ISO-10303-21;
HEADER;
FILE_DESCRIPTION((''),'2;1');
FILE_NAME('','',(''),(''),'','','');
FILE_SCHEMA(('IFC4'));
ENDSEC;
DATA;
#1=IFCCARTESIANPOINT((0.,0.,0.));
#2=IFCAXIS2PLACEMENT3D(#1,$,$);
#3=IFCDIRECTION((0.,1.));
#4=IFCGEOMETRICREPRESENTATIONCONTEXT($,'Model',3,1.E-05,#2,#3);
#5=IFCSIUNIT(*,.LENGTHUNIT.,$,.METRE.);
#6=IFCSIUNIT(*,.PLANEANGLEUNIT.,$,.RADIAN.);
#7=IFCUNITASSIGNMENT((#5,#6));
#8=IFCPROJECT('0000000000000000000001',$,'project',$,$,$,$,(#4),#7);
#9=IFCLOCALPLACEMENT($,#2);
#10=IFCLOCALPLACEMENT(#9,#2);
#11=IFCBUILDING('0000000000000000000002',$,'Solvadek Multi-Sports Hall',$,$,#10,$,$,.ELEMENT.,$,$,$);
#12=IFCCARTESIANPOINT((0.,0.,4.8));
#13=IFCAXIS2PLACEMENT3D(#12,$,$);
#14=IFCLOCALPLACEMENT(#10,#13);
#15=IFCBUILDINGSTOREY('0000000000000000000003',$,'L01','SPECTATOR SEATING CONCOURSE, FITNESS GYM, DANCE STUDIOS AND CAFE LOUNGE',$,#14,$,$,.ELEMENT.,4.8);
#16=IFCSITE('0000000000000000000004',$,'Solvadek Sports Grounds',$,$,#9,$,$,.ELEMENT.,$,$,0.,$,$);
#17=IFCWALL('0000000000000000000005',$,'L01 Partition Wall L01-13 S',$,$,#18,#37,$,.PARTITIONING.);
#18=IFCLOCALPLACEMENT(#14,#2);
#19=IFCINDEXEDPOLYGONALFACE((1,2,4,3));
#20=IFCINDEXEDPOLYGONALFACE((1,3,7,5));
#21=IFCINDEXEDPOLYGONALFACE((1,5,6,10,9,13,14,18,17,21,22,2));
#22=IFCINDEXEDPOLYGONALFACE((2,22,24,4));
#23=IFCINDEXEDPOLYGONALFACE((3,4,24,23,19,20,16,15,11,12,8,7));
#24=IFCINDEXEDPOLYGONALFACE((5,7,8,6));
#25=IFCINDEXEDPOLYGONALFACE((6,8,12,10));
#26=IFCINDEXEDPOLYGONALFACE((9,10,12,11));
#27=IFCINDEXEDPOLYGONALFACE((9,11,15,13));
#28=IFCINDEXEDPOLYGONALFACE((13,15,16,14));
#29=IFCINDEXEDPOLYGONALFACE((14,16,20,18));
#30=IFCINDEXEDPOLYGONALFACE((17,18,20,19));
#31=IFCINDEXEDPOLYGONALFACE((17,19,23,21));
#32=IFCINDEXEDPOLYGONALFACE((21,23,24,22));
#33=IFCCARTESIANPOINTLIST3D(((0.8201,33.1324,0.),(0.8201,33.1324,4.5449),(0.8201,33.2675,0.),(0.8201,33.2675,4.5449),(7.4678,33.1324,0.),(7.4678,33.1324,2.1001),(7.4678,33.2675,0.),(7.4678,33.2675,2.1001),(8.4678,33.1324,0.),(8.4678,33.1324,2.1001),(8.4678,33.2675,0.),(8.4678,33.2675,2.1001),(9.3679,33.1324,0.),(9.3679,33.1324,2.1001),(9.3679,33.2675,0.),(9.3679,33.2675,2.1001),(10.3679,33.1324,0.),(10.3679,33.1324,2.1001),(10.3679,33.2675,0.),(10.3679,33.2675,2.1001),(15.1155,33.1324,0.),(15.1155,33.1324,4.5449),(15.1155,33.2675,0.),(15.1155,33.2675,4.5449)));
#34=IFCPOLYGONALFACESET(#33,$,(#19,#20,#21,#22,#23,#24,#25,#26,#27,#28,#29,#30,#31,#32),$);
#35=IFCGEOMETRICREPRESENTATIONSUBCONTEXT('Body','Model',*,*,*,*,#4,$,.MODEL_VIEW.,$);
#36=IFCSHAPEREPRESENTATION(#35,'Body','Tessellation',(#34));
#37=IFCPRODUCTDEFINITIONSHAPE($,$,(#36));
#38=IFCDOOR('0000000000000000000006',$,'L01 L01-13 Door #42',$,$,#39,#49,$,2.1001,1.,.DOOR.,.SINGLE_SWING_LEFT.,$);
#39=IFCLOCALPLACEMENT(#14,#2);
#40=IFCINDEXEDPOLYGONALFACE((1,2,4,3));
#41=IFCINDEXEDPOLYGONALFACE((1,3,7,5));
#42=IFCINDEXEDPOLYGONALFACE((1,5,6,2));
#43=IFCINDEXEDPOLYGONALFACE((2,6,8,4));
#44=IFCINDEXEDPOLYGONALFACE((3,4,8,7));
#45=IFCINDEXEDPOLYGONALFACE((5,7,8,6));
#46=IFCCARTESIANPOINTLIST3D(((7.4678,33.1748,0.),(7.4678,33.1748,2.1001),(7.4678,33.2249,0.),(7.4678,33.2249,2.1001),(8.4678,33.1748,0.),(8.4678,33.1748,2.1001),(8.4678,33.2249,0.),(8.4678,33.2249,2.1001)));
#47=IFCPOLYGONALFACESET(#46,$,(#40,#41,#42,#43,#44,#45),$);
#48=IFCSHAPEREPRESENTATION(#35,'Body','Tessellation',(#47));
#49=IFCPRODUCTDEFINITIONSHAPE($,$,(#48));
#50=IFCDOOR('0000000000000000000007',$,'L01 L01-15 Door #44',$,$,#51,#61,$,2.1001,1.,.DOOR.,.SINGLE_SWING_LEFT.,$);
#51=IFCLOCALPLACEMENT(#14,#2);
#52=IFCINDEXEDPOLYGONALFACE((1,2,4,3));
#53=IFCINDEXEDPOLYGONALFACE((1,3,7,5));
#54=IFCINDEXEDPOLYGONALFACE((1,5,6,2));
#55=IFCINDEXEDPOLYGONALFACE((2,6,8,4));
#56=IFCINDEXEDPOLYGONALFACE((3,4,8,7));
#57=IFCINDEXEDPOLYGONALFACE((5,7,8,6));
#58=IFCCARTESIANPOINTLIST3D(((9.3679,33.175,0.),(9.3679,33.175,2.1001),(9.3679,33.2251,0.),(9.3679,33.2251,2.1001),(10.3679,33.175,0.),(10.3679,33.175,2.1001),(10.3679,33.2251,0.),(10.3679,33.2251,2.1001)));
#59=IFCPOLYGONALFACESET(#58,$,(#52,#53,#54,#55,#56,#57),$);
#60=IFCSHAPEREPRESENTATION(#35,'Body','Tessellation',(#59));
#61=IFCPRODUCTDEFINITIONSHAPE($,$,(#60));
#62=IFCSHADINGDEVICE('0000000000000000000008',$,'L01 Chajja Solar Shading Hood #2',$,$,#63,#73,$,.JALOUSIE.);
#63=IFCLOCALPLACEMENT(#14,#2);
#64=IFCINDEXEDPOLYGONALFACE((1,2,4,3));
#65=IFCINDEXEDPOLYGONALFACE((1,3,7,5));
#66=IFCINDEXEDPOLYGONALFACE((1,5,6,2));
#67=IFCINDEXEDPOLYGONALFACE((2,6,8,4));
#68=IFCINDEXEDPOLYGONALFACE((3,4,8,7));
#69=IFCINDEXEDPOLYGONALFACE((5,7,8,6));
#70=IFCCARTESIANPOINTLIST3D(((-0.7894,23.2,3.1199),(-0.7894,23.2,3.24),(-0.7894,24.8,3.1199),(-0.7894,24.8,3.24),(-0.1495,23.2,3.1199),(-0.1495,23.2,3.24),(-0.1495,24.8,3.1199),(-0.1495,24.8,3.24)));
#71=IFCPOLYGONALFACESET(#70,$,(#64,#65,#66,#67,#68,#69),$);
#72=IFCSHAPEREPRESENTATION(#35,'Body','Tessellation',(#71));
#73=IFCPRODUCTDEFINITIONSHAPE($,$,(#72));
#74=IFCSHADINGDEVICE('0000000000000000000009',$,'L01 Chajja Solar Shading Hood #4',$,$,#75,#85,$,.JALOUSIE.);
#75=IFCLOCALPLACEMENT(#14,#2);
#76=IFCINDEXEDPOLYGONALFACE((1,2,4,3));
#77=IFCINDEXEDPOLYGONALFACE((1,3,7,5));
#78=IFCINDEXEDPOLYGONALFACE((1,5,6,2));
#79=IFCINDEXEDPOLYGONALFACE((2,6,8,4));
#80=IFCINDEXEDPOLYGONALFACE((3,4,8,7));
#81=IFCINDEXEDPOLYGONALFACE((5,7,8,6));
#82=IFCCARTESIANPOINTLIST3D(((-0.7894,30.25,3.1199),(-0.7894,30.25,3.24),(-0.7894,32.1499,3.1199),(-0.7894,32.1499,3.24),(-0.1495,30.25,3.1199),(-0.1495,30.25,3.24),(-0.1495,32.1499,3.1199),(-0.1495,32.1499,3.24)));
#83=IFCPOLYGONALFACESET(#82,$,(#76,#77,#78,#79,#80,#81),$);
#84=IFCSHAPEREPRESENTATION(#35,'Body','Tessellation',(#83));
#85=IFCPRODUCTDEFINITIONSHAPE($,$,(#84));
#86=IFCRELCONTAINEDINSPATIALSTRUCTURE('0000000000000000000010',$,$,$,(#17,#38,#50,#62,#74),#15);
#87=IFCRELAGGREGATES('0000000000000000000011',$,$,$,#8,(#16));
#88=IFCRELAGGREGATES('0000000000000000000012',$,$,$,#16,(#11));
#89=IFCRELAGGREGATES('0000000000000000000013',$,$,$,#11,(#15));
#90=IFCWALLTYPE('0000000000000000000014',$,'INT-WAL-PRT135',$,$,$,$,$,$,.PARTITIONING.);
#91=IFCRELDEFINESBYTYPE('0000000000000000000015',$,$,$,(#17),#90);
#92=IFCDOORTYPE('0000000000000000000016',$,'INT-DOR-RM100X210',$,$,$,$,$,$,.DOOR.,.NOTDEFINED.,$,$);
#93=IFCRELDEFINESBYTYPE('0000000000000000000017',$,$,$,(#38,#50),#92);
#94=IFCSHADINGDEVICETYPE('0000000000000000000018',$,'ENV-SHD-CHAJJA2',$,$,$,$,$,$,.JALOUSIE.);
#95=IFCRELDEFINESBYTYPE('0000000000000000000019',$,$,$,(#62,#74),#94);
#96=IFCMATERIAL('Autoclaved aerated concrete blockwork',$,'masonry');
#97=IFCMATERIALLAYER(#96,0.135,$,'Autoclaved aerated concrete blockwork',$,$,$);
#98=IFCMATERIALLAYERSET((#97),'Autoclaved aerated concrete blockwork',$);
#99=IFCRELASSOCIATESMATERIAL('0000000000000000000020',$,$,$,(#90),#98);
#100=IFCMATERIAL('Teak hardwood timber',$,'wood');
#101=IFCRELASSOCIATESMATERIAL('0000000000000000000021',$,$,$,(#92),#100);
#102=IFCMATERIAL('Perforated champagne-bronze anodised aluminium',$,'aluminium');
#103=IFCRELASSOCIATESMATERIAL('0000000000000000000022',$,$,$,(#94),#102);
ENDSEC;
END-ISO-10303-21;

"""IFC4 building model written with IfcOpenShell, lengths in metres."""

from ifc_helpers import new_model, si_unit, direction, frame, frame_2d, origin, origin_2d, place, context, subcontext, project, spatial, rectangle, extrude, material, layer, layer_set, type_object, element, fill, save


model = new_model("IFC4")

# Units and contexts
model_context = context("Model", 3, precision=1e-05, world=origin(), true_north=direction((0.0, 1.0)))
body_context = subcontext(model_context, "Body", "Model", "MODEL_VIEW")
ifc_project = project(units=[si_unit("LENGTHUNIT", "METRE"), si_unit("PLANEANGLEUNIT", "RADIAN")], contexts=[model_context])

# Site, building, storey
site_placement = place(None, origin())
site = spatial("IfcSite", under=ifc_project, at=site_placement, Name="Solvadek Sports Grounds", CompositionType="ELEMENT", RefElevation=0.0)
building_placement = place(site_placement, origin())
building = spatial("IfcBuilding", under=site, at=building_placement, Name="Solvadek Multi-Sports Hall", CompositionType="ELEMENT")
storey_placement = place(building_placement, frame((0.0, 0.0, 4.8)))
storey = spatial("IfcBuildingStorey", under=building, at=storey_placement, Name="L01", Description="SPECTATOR SEATING CONCOURSE, FITNESS GYM, DANCE STUDIOS AND CAFE LOUNGE", CompositionType="ELEMENT", Elevation=4.8)

# Shared definitions
ifc_material_1 = material(Name="Teak hardwood timber", Category="wood")

# Wall, openings, doors
ifc_material_2 = material(Name="Autoclaved aerated concrete blockwork", Category="masonry")
ifc_layer_1 = layer(ifc_material_2, 0.135, Name="Autoclaved aerated concrete blockwork")
ifc_layer_set_1 = layer_set([ifc_layer_1], Name="Autoclaved aerated concrete blockwork")
wall_type_1 = type_object("IfcWallType", Name="INT-WAL-PRT135", PredefinedType="PARTITIONING", material=ifc_layer_set_1)
wall_1_placement = place(storey_placement, frame((0.8201, 33.2, 0.0), z_axis=(0.0, 0.0, 1.0), x_axis=(1.0, 0.0, 0.0)))
wall_1 = element("IfcWall", 1, at=wall_1_placement, inside=storey, type_object=wall_type_1, Name="L01 Partition Wall L01-13 S", PredefinedType="PARTITIONING", context=body_context, shape_type="SweptSolid", body=[
    extrude(rectangle(XDim=14.2954, YDim=0.135, at=frame_2d((7.1477, 0.0))), origin(), (0.0, 0.0, 1.0), 4.5449),
])
opening_1_placement = place(wall_1_placement, frame((6.6477, 0.0, 0.0)))
opening_1 = element("IfcOpeningElement", 2, at=opening_1_placement, cuts=wall_1, PredefinedType="OPENING", context=body_context, shape_type="SweptSolid", body=[
    extrude(rectangle(XDim=1.0, YDim=2.1001, at=frame_2d((0.5, 1.05))), frame((0.0, 0.0774, 0.0), z_axis=(0.0, -1.0, 0.0), x_axis=(1.0, 0.0, 0.0)), (0.0, 0.0, 1.0), 0.155),
])
opening_2_placement = place(wall_1_placement, frame((8.5479, 0.0, 0.0)))
opening_2 = element("IfcOpeningElement", 3, at=opening_2_placement, cuts=wall_1, PredefinedType="OPENING", context=body_context, shape_type="SweptSolid", body=[
    extrude(rectangle(XDim=1.0, YDim=2.1001, at=frame_2d((0.5, 1.05))), frame((0.0, 0.0774, 0.0), z_axis=(0.0, -1.0, 0.0), x_axis=(1.0, 0.0, 0.0)), (0.0, 0.0, 1.0), 0.155),
])
door_type = type_object("IfcDoorType", Name="INT-DOR-RM100X210", OperationType="NOTDEFINED", PredefinedType="DOOR", material=ifc_material_1)
door_1_placement = place(opening_1_placement, origin())
door_1 = element("IfcDoor", 4, at=door_1_placement, inside=storey, type_object=door_type, Name="L01 L01-13 Door #42", OperationType="SINGLE_SWING_LEFT", OverallHeight=2.1001, OverallWidth=1.0, PredefinedType="DOOR", context=body_context, shape_type="SweptSolid", body=[
    extrude(rectangle(XDim=1.0, YDim=2.1001, at=frame_2d((0.5, 1.05))), frame((0.0, 0.0249, 0.0), z_axis=(0.0, -1.0, 0.0), x_axis=(1.0, 0.0, 0.0)), (0.0, 0.0, 1.0), 0.05),
])
fill(opening_1, door_1)
door_2_placement = place(opening_2_placement, frame((1.0, 0.0, 0.0), z_axis=(0.0, 0.0, 1.0), x_axis=(-1.0, 0.0, 0.0)))
door_2 = element("IfcDoor", 5, at=door_2_placement, inside=storey, type_object=door_type, Name="L01 L01-15 Door #44", OperationType="SINGLE_SWING_LEFT", OverallHeight=2.1001, OverallWidth=1.0, PredefinedType="DOOR", context=body_context, shape_type="SweptSolid", body=[
    extrude(rectangle(XDim=1.0, YDim=2.1001, at=frame_2d((0.5, 1.05))), frame((0.0, 0.0249, 0.0), z_axis=(0.0, -1.0, 0.0), x_axis=(1.0, 0.0, 0.0)), (0.0, 0.0, 1.0), 0.05),
])
fill(opening_2, door_2)

# Shading devices
ifc_material_3 = material(Name="Perforated champagne-bronze anodised aluminium", Category="aluminium")
shading_device_type = type_object("IfcShadingDeviceType", Name="ENV-SHD-CHAJJA2", PredefinedType="JALOUSIE", material=ifc_material_3)
shading_device_1_placement = place(storey_placement, frame((-0.4695, 24.0, 3.1199), z_axis=(0.0, 0.0, 1.0), x_axis=(0.0, 1.0, 0.0)))
element("IfcShadingDevice", 6, at=shading_device_1_placement, inside=storey, type_object=shading_device_type, Name="L01 Chajja Solar Shading Hood #2", PredefinedType="JALOUSIE", context=body_context, shape_type="SweptSolid", body=[
    extrude(rectangle(XDim=1.6001, YDim=0.6399, at=origin_2d()), origin(), (0.0, 0.0, 1.0), 0.1201),
])
shading_device_2_placement = place(storey_placement, frame((-0.4695, 31.2, 3.1199), z_axis=(0.0, 0.0, 1.0), x_axis=(0.0, 1.0, 0.0)))
element("IfcShadingDevice", 7, at=shading_device_2_placement, inside=storey, type_object=shading_device_type, Name="L01 Chajja Solar Shading Hood #4", PredefinedType="JALOUSIE", context=body_context, shape_type="SweptSolid", body=[
    extrude(rectangle(XDim=1.8999, YDim=0.6399, at=origin_2d()), origin(), (0.0, 0.0, 1.0), 0.1201),
])

save(model, "model.ifc")
